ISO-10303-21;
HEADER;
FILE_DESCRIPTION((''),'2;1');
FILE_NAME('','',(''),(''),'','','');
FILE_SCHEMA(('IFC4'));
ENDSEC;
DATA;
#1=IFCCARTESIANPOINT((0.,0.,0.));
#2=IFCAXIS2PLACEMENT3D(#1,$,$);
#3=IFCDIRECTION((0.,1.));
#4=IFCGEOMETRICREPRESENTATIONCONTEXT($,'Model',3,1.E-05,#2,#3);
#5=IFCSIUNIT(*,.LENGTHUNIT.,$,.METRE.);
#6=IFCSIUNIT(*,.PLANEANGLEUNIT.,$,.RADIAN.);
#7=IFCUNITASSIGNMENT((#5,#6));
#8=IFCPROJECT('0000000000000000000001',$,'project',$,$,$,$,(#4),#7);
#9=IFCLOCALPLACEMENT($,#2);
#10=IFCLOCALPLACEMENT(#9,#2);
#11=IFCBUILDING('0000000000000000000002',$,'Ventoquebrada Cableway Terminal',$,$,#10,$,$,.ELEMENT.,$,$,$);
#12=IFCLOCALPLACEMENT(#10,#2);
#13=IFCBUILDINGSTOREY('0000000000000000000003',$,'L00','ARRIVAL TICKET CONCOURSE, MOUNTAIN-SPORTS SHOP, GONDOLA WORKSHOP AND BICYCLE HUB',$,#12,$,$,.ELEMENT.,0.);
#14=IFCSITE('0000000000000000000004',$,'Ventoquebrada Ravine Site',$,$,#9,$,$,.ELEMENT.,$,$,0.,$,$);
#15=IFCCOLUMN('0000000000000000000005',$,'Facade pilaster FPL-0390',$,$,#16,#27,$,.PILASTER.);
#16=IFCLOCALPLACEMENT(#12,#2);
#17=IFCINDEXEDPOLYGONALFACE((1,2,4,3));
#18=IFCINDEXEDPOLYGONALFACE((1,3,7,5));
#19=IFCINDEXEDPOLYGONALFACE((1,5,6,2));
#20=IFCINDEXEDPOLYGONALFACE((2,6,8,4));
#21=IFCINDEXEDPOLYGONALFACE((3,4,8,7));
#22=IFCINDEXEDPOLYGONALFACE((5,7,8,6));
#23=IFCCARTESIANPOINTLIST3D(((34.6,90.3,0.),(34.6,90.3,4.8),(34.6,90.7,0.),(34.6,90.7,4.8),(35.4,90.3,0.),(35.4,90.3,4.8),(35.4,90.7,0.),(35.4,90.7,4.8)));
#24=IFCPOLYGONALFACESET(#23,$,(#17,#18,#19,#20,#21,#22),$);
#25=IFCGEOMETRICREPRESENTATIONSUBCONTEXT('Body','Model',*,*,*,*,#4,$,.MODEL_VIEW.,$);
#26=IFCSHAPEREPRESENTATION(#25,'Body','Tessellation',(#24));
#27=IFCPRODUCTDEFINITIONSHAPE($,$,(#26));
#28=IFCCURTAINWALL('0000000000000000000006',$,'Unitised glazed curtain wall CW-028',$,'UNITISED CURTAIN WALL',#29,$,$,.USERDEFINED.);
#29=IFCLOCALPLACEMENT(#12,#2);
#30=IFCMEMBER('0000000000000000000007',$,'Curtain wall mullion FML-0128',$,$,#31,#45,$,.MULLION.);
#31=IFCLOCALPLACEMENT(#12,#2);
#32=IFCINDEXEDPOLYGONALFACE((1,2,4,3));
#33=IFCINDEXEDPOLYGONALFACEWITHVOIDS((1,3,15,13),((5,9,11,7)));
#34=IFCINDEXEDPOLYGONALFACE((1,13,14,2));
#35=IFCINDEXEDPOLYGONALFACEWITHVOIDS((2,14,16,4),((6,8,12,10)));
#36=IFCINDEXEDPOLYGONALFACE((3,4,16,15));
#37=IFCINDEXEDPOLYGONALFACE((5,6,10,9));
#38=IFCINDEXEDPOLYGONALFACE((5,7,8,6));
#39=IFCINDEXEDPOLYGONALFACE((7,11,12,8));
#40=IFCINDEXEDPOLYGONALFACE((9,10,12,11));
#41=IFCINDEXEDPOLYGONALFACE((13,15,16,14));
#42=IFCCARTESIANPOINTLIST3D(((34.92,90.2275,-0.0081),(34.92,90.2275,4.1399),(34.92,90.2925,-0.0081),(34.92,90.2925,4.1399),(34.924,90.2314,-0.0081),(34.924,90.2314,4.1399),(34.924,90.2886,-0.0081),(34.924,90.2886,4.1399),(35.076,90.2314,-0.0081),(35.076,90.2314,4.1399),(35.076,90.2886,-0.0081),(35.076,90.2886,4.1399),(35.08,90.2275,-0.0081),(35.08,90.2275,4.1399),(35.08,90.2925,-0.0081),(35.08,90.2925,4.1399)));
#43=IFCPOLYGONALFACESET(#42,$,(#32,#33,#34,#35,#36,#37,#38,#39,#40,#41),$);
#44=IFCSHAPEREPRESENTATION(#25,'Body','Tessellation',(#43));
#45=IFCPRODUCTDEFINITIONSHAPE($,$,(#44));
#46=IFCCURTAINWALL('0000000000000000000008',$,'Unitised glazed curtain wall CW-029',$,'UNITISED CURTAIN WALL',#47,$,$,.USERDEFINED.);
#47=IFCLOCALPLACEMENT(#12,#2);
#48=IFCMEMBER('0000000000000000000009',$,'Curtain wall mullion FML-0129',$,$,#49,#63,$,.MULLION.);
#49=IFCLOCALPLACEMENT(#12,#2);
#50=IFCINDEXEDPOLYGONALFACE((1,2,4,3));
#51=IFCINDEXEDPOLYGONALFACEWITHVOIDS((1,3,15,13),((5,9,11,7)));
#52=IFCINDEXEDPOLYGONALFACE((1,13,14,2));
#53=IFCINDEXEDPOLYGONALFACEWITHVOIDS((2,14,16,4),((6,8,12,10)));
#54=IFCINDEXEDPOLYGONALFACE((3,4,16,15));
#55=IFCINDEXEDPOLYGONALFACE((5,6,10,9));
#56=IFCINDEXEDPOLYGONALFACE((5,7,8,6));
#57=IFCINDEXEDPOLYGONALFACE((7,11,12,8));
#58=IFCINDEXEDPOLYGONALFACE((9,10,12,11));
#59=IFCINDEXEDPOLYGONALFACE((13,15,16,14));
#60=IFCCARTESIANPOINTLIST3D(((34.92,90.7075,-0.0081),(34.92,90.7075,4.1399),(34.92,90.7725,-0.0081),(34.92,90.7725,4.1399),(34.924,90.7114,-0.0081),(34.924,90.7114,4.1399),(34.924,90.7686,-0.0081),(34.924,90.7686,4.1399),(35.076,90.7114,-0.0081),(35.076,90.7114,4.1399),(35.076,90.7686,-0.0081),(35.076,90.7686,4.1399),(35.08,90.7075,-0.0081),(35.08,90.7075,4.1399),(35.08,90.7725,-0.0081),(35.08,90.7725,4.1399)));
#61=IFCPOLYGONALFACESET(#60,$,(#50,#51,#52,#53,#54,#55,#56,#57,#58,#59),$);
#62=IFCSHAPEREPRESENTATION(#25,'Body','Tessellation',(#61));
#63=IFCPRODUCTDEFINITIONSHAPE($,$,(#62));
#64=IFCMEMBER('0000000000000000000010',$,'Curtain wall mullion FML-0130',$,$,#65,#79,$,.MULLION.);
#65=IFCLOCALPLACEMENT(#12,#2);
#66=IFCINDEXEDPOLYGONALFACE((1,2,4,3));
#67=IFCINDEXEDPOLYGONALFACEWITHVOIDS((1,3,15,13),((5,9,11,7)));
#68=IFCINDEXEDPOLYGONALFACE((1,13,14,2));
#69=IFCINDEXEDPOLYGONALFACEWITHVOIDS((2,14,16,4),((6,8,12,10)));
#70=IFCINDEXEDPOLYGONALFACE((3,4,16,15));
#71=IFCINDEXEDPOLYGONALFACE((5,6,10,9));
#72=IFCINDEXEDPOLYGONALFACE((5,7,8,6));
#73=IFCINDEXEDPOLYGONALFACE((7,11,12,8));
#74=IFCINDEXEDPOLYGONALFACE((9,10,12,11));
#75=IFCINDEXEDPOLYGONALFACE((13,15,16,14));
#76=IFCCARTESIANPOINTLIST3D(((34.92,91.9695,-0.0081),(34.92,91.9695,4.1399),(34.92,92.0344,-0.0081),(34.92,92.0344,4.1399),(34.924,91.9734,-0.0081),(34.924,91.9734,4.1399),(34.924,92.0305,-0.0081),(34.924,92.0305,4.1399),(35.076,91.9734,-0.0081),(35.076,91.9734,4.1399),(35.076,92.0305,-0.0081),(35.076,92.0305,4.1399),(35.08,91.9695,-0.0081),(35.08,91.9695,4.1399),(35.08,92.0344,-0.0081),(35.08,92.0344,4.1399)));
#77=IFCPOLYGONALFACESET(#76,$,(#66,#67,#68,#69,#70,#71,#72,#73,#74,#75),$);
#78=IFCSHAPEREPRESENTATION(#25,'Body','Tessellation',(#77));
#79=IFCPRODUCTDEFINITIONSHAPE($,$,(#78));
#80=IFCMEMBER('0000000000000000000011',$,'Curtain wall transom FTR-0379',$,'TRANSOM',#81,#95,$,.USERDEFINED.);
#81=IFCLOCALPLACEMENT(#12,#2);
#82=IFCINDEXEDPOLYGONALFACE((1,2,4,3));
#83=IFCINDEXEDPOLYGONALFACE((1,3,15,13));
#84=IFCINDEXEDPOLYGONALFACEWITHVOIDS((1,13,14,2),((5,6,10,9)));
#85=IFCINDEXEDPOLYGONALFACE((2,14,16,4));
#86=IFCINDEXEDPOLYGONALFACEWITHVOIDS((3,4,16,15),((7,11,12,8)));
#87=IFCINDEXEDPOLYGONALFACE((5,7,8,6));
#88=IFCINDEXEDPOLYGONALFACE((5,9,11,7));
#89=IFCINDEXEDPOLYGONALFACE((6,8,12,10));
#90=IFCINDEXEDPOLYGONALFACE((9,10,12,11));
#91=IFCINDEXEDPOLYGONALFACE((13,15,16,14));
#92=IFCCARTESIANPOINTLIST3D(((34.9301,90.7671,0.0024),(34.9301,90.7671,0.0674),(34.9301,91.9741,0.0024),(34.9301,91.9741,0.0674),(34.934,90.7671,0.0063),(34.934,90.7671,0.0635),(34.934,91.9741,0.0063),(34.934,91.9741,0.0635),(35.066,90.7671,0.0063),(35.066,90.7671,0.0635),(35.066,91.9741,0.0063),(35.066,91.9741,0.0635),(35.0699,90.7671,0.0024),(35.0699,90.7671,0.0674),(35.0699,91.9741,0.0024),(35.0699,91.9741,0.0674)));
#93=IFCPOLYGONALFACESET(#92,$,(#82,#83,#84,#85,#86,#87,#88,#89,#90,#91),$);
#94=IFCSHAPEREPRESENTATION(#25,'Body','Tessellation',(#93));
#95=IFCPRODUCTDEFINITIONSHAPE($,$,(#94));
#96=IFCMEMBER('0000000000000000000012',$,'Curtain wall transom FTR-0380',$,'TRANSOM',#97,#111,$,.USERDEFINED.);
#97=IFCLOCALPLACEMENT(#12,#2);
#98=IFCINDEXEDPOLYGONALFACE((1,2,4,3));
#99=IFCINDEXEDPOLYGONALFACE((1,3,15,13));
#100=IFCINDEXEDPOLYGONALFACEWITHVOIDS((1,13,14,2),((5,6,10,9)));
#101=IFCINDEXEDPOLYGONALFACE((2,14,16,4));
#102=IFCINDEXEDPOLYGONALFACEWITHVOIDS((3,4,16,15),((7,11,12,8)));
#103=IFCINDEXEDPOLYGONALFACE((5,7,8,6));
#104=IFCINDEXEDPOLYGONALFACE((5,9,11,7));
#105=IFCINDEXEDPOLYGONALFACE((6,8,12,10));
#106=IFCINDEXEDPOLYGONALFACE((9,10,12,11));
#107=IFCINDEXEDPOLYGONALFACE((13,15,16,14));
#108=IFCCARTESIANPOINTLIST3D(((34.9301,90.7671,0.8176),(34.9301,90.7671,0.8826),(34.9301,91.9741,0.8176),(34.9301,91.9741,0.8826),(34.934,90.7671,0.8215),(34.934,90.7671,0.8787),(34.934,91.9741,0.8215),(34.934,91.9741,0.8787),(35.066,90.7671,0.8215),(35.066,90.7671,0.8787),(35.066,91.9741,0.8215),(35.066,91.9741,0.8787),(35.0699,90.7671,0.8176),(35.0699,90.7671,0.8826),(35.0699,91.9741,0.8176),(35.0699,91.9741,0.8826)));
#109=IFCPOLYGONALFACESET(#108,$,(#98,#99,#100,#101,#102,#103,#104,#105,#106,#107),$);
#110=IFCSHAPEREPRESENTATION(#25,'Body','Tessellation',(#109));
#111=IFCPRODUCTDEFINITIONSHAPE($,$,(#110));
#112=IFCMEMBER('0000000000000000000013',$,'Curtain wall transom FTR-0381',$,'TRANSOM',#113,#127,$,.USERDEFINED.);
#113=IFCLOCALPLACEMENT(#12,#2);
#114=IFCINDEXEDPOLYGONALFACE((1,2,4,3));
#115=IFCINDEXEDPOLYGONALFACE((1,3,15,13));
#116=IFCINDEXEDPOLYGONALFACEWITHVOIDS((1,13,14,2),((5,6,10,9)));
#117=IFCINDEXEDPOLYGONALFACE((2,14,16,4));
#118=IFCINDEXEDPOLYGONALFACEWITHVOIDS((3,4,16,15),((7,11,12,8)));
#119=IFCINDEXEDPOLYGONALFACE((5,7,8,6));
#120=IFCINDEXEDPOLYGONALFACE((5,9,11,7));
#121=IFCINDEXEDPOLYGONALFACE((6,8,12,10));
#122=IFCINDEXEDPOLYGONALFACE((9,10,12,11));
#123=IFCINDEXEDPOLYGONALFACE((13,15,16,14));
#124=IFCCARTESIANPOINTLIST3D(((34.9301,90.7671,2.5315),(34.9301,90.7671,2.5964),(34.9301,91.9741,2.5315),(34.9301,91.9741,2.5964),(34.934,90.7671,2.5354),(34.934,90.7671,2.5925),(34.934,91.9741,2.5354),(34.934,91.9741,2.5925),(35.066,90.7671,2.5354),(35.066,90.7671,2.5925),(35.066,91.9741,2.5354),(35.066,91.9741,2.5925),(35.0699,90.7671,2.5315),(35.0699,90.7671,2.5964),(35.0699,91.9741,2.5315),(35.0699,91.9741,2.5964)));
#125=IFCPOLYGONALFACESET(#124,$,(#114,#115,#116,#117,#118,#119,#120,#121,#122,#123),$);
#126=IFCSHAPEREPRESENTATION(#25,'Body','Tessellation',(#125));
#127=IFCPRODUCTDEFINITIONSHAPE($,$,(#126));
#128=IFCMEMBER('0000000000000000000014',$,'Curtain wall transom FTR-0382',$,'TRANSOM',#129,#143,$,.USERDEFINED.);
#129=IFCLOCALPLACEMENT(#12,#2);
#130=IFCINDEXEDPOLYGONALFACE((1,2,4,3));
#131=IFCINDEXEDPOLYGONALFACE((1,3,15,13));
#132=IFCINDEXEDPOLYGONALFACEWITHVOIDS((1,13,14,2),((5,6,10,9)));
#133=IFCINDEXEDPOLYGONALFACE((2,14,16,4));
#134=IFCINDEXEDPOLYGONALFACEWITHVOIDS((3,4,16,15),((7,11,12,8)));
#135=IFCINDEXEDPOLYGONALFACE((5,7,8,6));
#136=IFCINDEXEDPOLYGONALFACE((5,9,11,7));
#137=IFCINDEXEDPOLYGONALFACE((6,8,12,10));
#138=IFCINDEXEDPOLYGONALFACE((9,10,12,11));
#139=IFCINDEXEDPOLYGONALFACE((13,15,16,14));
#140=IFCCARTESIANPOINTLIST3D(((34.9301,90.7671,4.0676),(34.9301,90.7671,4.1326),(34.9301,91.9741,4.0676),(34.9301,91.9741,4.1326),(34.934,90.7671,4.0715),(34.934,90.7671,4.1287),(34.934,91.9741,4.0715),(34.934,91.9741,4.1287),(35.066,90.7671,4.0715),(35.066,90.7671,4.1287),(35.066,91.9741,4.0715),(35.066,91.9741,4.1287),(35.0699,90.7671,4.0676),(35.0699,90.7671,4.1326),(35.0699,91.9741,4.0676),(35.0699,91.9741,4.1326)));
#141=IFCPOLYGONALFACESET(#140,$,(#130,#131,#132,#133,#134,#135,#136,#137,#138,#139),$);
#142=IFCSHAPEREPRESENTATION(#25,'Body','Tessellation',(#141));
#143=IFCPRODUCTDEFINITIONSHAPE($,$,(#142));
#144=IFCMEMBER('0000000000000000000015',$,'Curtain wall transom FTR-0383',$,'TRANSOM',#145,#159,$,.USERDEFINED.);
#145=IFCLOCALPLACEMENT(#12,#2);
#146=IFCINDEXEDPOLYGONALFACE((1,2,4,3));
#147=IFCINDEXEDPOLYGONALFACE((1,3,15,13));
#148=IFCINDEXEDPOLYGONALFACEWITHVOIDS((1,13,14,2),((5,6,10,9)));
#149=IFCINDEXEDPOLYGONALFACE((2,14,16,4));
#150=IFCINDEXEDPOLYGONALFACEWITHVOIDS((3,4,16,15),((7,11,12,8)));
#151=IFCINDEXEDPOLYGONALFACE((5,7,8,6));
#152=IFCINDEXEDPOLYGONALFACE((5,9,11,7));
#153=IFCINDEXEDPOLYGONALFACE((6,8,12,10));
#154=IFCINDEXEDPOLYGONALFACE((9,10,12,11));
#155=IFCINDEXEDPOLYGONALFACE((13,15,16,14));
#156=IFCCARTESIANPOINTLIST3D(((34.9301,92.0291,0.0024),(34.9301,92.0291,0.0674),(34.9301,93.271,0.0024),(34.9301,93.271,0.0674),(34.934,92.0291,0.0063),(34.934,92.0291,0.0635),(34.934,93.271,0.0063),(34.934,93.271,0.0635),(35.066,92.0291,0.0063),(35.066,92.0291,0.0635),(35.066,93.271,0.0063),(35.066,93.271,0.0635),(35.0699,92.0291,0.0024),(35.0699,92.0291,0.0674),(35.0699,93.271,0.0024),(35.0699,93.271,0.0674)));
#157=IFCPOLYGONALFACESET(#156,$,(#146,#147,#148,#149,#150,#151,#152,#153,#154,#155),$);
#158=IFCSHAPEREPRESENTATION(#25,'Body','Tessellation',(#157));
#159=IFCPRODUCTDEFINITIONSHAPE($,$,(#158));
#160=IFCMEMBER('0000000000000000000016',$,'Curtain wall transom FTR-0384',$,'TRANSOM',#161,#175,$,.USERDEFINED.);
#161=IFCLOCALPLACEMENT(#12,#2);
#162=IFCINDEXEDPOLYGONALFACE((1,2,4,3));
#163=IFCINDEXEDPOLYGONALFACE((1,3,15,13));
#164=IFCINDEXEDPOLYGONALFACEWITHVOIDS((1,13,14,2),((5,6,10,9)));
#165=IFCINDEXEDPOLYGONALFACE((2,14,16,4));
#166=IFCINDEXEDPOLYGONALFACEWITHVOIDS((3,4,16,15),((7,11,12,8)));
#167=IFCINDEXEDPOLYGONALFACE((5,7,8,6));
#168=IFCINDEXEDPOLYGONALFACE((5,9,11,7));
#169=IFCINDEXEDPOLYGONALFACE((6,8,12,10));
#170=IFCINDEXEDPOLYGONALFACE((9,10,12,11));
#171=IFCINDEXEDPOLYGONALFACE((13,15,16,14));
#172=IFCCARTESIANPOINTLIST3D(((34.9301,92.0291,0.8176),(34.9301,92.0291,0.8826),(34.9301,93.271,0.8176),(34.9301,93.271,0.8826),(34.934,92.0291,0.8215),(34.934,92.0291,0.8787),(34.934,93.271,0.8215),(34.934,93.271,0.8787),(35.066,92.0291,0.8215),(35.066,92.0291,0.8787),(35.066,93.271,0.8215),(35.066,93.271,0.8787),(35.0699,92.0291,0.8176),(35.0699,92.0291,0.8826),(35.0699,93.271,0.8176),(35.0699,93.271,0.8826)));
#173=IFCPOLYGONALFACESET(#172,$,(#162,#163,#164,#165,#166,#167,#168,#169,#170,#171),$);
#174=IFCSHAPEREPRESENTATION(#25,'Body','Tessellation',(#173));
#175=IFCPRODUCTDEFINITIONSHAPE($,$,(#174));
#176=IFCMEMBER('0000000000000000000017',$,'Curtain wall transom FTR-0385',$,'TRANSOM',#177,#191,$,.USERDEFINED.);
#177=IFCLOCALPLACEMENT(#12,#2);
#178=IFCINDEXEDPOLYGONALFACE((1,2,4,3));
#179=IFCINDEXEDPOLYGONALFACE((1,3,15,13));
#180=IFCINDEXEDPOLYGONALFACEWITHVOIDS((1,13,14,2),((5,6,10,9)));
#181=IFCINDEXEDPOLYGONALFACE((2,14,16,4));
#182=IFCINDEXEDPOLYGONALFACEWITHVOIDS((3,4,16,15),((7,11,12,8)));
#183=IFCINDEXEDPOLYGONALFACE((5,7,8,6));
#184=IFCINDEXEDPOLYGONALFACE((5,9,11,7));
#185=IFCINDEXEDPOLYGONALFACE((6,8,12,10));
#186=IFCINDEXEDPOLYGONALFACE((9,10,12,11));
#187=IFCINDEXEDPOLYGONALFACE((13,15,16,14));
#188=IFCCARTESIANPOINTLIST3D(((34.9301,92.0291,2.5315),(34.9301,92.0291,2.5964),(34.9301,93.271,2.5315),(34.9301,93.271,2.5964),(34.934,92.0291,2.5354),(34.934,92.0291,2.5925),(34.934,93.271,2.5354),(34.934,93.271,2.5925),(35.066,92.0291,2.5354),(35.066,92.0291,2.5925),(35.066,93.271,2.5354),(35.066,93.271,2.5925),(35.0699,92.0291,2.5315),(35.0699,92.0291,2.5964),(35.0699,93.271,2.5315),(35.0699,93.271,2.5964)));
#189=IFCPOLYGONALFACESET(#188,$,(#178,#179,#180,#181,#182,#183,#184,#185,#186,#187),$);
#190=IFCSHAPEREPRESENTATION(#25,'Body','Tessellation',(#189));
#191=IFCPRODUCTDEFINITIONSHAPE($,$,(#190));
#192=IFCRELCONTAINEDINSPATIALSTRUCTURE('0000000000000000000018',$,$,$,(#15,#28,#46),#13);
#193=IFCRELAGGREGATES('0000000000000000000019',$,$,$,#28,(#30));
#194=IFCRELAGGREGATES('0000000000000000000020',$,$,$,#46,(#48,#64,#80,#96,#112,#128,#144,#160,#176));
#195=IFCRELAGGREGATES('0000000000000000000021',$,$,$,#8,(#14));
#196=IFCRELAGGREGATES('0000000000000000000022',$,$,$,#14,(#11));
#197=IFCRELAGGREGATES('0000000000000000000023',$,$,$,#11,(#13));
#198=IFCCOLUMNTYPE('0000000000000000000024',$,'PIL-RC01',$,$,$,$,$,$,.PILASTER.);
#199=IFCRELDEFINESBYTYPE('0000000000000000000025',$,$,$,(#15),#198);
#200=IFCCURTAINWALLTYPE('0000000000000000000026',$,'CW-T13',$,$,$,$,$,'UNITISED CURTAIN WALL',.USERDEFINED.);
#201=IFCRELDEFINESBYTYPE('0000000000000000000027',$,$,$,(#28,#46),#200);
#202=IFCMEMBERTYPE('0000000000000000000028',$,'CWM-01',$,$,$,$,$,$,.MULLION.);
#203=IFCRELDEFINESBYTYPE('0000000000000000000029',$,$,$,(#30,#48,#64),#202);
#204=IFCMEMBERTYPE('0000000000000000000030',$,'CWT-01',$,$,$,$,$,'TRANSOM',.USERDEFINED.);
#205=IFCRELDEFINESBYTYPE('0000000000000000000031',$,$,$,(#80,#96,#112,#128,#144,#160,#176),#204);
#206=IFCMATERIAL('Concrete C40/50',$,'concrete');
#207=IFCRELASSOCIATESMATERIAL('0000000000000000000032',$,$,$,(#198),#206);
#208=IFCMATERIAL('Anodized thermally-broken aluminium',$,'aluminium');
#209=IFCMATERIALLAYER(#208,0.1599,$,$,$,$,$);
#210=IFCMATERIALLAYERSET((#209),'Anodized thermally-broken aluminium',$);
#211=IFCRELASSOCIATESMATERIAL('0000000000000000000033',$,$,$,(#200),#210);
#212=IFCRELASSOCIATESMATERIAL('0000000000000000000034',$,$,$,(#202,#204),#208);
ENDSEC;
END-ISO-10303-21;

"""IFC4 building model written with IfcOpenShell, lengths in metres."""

from ifc_helpers import new_model, si_unit, direction, frame, origin, origin_2d, place, context, subcontext, project, spatial, rectangle, hollow_rectangle, extrude, material, layer, layer_set, material_profile, profile_set, type_object, element, aggregate, save


model = new_model("IFC4")

# Units and contexts
model_context = context("Model", 3, precision=1e-05, world=origin(), true_north=direction((0.0, 1.0)))
body_context = subcontext(model_context, "Body", "Model", "MODEL_VIEW")
ifc_project = project(units=[si_unit("LENGTHUNIT", "METRE"), si_unit("PLANEANGLEUNIT", "RADIAN")], contexts=[model_context])

# Site, building, storey
site_placement = place(None, origin())
site = spatial("IfcSite", under=ifc_project, at=site_placement, Name="Ventoquebrada Ravine Site", CompositionType="ELEMENT", RefElevation=0.0)
building_placement = place(site_placement, origin())
building = spatial("IfcBuilding", under=site, at=building_placement, Name="Ventoquebrada Cableway Terminal", CompositionType="ELEMENT")
storey_placement = place(building_placement, origin())
storey = spatial("IfcBuildingStorey", under=building, at=storey_placement, Name="L00", Description="ARRIVAL TICKET CONCOURSE, MOUNTAIN-SPORTS SHOP, GONDOLA WORKSHOP AND BICYCLE HUB", CompositionType="ELEMENT", Elevation=0.0)

# Column
ifc_material_1 = material(Name="Concrete C40/50", Category="concrete")
ifc_material_profile_1 = material_profile(ifc_material_1, rectangle(XDim=0.3999, YDim=0.8, at=origin_2d()), Name="RC-PIL-400X800")
ifc_profile_set_1 = profile_set([ifc_material_profile_1], Name="Concrete C40/50")
column_type = type_object("IfcColumnType", Name="PIL-RC01", PredefinedType="PILASTER", material=ifc_profile_set_1)
column_placement = place(storey_placement, frame((35.0, 90.5, 0.0), z_axis=(0.0, 0.0, 1.0), x_axis=(0.0, 1.0, 0.0)))
element("IfcColumn", 1, at=column_placement, inside=storey, type_object=column_type, Name="Facade pilaster FPL-0390", PredefinedType="PILASTER", context=body_context, shape_type="SweptSolid", body=[
    extrude(rectangle(XDim=0.3999, YDim=0.8, at=origin_2d()), origin(), (0.0, 0.0, 1.0), 4.8),
])

# Curtain wall, member
ifc_material_2 = material(Name="Anodized thermally-broken aluminium", Category="aluminium")
ifc_layer_1 = layer(ifc_material_2, 0.1599)
ifc_layer_set_1 = layer_set([ifc_layer_1], Name="Anodized thermally-broken aluminium")
curtain_wall_type = type_object("IfcCurtainWallType", Name="CW-T13", ElementType="UNITISED CURTAIN WALL", PredefinedType="USERDEFINED", material=ifc_layer_set_1)
curtain_wall_1_placement = place(storey_placement, origin())
curtain_wall_1 = element("IfcCurtainWall", 2, at=curtain_wall_1_placement, inside=storey, type_object=curtain_wall_type, Name="Unitised glazed curtain wall CW-028", ObjectType="UNITISED CURTAIN WALL", PredefinedType="USERDEFINED")
ifc_material_profile_2 = material_profile(ifc_material_2, hollow_rectangle(XDim=0.0649, YDim=0.1599, WallThickness=0.0039, at=origin_2d()), Name="CW-MUL-65X160")
ifc_profile_set_2 = profile_set([ifc_material_profile_2], Name="Anodized thermally-broken aluminium")
member_type_1 = type_object("IfcMemberType", Name="CWM-01", PredefinedType="MULLION", material=ifc_profile_set_2)
member_1_placement = place(storey_placement, frame((35.0, 90.26, -0.0081), z_axis=(0.0, 0.0, 1.0), x_axis=(0.0, 1.0, 0.0)))
member_1 = element("IfcMember", 3, at=member_1_placement, type_object=member_type_1, Name="Curtain wall mullion FML-0128", PredefinedType="MULLION", context=body_context, shape_type="SweptSolid", body=[
    extrude(hollow_rectangle(XDim=0.0649, YDim=0.1599, WallThickness=0.0039, at=origin_2d()), origin(), (0.0, 0.0, 1.0), 4.1479),
])

# Curtain wall, members
curtain_wall_2_placement = place(storey_placement, origin())
curtain_wall_2 = element("IfcCurtainWall", 4, at=curtain_wall_2_placement, inside=storey, type_object=curtain_wall_type, Name="Unitised glazed curtain wall CW-029", ObjectType="UNITISED CURTAIN WALL", PredefinedType="USERDEFINED")
member_2_placement = place(storey_placement, frame((35.0, 90.74, -0.0081), z_axis=(0.0, 0.0, 1.0), x_axis=(0.0, 1.0, 0.0)))
member_2 = element("IfcMember", 5, at=member_2_placement, type_object=member_type_1, Name="Curtain wall mullion FML-0129", PredefinedType="MULLION", context=body_context, shape_type="SweptSolid", body=[
    extrude(hollow_rectangle(XDim=0.0649, YDim=0.1599, WallThickness=0.0039, at=origin_2d()), origin(), (0.0, 0.0, 1.0), 4.1479),
])
member_3_placement = place(storey_placement, frame((35.0, 92.002, -0.0081), z_axis=(0.0, 0.0, 1.0), x_axis=(0.0, 1.0, 0.0)))
member_3 = element("IfcMember", 6, at=member_3_placement, type_object=member_type_1, Name="Curtain wall mullion FML-0130", PredefinedType="MULLION", context=body_context, shape_type="SweptSolid", body=[
    extrude(hollow_rectangle(XDim=0.0649, YDim=0.1599, WallThickness=0.0039, at=origin_2d()), origin(), (0.0, 0.0, 1.0), 4.1479),
])
ifc_material_profile_3 = material_profile(ifc_material_2, hollow_rectangle(XDim=0.0649, YDim=0.1399, WallThickness=0.0039, at=origin_2d()), Name="CW-TRN-65X140")
ifc_profile_set_3 = profile_set([ifc_material_profile_3], Name="Anodized thermally-broken aluminium")
member_type_2 = type_object("IfcMemberType", Name="CWT-01", ElementType="TRANSOM", PredefinedType="USERDEFINED", material=ifc_profile_set_3)
member_4_placement = place(storey_placement, frame((35.0, 90.7671, 0.0349), z_axis=(0.0, 1.0, 0.0), x_axis=(0.0, 0.0, 1.0)))
member_4 = element("IfcMember", 7, at=member_4_placement, type_object=member_type_2, Name="Curtain wall transom FTR-0379", ObjectType="TRANSOM", PredefinedType="USERDEFINED", context=body_context, shape_type="SweptSolid", body=[
    extrude(hollow_rectangle(XDim=0.0649, YDim=0.1399, WallThickness=0.0039, at=origin_2d()), origin(), (0.0, 0.0, 1.0), 1.207),
])
member_5_placement = place(storey_placement, frame((35.0, 90.7671, 0.8501), z_axis=(0.0, 1.0, 0.0), x_axis=(0.0, 0.0, 1.0)))
member_5 = element("IfcMember", 8, at=member_5_placement, type_object=member_type_2, Name="Curtain wall transom FTR-0380", ObjectType="TRANSOM", PredefinedType="USERDEFINED", context=body_context, shape_type="SweptSolid", body=[
    extrude(hollow_rectangle(XDim=0.0649, YDim=0.1399, WallThickness=0.0039, at=origin_2d()), origin(), (0.0, 0.0, 1.0), 1.207),
])
member_6_placement = place(storey_placement, frame((35.0, 90.7671, 2.564), z_axis=(0.0, 1.0, 0.0), x_axis=(0.0, 0.0, 1.0)))
member_6 = element("IfcMember", 9, at=member_6_placement, type_object=member_type_2, Name="Curtain wall transom FTR-0381", ObjectType="TRANSOM", PredefinedType="USERDEFINED", context=body_context, shape_type="SweptSolid", body=[
    extrude(hollow_rectangle(XDim=0.0649, YDim=0.1399, WallThickness=0.0039, at=origin_2d()), origin(), (0.0, 0.0, 1.0), 1.207),
])
member_7_placement = place(storey_placement, frame((35.0, 90.7671, 4.1001), z_axis=(0.0, 1.0, 0.0), x_axis=(0.0, 0.0, 1.0)))
member_7 = element("IfcMember", 10, at=member_7_placement, type_object=member_type_2, Name="Curtain wall transom FTR-0382", ObjectType="TRANSOM", PredefinedType="USERDEFINED", context=body_context, shape_type="SweptSolid", body=[
    extrude(hollow_rectangle(XDim=0.0649, YDim=0.1399, WallThickness=0.0039, at=origin_2d()), origin(), (0.0, 0.0, 1.0), 1.207),
])
member_8_placement = place(storey_placement, frame((35.0, 92.0291, 0.0349), z_axis=(0.0, 1.0, 0.0), x_axis=(0.0, 0.0, 1.0)))
member_8 = element("IfcMember", 11, at=member_8_placement, type_object=member_type_2, Name="Curtain wall transom FTR-0383", ObjectType="TRANSOM", PredefinedType="USERDEFINED", context=body_context, shape_type="SweptSolid", body=[
    extrude(hollow_rectangle(XDim=0.0649, YDim=0.1399, WallThickness=0.0039, at=origin_2d()), origin(), (0.0, 0.0, 1.0), 1.2419),
])
member_9_placement = place(storey_placement, frame((35.0, 92.0291, 0.8501), z_axis=(0.0, 1.0, 0.0), x_axis=(0.0, 0.0, 1.0)))
member_9 = element("IfcMember", 12, at=member_9_placement, type_object=member_type_2, Name="Curtain wall transom FTR-0384", ObjectType="TRANSOM", PredefinedType="USERDEFINED", context=body_context, shape_type="SweptSolid", body=[
    extrude(hollow_rectangle(XDim=0.0649, YDim=0.1399, WallThickness=0.0039, at=origin_2d()), origin(), (0.0, 0.0, 1.0), 1.2419),
])
member_10_placement = place(storey_placement, frame((35.0, 92.0291, 2.564), z_axis=(0.0, 1.0, 0.0), x_axis=(0.0, 0.0, 1.0)))
member_10 = element("IfcMember", 13, at=member_10_placement, type_object=member_type_2, Name="Curtain wall transom FTR-0385", ObjectType="TRANSOM", PredefinedType="USERDEFINED", context=body_context, shape_type="SweptSolid", body=[
    extrude(hollow_rectangle(XDim=0.0649, YDim=0.1399, WallThickness=0.0039, at=origin_2d()), origin(), (0.0, 0.0, 1.0), 1.2419),
])

aggregate(curtain_wall_1, [member_1])
aggregate(curtain_wall_2, [member_2, member_3, member_4, member_5, member_6, member_7, member_8, member_9, member_10])

save(model, "model.ifc")
